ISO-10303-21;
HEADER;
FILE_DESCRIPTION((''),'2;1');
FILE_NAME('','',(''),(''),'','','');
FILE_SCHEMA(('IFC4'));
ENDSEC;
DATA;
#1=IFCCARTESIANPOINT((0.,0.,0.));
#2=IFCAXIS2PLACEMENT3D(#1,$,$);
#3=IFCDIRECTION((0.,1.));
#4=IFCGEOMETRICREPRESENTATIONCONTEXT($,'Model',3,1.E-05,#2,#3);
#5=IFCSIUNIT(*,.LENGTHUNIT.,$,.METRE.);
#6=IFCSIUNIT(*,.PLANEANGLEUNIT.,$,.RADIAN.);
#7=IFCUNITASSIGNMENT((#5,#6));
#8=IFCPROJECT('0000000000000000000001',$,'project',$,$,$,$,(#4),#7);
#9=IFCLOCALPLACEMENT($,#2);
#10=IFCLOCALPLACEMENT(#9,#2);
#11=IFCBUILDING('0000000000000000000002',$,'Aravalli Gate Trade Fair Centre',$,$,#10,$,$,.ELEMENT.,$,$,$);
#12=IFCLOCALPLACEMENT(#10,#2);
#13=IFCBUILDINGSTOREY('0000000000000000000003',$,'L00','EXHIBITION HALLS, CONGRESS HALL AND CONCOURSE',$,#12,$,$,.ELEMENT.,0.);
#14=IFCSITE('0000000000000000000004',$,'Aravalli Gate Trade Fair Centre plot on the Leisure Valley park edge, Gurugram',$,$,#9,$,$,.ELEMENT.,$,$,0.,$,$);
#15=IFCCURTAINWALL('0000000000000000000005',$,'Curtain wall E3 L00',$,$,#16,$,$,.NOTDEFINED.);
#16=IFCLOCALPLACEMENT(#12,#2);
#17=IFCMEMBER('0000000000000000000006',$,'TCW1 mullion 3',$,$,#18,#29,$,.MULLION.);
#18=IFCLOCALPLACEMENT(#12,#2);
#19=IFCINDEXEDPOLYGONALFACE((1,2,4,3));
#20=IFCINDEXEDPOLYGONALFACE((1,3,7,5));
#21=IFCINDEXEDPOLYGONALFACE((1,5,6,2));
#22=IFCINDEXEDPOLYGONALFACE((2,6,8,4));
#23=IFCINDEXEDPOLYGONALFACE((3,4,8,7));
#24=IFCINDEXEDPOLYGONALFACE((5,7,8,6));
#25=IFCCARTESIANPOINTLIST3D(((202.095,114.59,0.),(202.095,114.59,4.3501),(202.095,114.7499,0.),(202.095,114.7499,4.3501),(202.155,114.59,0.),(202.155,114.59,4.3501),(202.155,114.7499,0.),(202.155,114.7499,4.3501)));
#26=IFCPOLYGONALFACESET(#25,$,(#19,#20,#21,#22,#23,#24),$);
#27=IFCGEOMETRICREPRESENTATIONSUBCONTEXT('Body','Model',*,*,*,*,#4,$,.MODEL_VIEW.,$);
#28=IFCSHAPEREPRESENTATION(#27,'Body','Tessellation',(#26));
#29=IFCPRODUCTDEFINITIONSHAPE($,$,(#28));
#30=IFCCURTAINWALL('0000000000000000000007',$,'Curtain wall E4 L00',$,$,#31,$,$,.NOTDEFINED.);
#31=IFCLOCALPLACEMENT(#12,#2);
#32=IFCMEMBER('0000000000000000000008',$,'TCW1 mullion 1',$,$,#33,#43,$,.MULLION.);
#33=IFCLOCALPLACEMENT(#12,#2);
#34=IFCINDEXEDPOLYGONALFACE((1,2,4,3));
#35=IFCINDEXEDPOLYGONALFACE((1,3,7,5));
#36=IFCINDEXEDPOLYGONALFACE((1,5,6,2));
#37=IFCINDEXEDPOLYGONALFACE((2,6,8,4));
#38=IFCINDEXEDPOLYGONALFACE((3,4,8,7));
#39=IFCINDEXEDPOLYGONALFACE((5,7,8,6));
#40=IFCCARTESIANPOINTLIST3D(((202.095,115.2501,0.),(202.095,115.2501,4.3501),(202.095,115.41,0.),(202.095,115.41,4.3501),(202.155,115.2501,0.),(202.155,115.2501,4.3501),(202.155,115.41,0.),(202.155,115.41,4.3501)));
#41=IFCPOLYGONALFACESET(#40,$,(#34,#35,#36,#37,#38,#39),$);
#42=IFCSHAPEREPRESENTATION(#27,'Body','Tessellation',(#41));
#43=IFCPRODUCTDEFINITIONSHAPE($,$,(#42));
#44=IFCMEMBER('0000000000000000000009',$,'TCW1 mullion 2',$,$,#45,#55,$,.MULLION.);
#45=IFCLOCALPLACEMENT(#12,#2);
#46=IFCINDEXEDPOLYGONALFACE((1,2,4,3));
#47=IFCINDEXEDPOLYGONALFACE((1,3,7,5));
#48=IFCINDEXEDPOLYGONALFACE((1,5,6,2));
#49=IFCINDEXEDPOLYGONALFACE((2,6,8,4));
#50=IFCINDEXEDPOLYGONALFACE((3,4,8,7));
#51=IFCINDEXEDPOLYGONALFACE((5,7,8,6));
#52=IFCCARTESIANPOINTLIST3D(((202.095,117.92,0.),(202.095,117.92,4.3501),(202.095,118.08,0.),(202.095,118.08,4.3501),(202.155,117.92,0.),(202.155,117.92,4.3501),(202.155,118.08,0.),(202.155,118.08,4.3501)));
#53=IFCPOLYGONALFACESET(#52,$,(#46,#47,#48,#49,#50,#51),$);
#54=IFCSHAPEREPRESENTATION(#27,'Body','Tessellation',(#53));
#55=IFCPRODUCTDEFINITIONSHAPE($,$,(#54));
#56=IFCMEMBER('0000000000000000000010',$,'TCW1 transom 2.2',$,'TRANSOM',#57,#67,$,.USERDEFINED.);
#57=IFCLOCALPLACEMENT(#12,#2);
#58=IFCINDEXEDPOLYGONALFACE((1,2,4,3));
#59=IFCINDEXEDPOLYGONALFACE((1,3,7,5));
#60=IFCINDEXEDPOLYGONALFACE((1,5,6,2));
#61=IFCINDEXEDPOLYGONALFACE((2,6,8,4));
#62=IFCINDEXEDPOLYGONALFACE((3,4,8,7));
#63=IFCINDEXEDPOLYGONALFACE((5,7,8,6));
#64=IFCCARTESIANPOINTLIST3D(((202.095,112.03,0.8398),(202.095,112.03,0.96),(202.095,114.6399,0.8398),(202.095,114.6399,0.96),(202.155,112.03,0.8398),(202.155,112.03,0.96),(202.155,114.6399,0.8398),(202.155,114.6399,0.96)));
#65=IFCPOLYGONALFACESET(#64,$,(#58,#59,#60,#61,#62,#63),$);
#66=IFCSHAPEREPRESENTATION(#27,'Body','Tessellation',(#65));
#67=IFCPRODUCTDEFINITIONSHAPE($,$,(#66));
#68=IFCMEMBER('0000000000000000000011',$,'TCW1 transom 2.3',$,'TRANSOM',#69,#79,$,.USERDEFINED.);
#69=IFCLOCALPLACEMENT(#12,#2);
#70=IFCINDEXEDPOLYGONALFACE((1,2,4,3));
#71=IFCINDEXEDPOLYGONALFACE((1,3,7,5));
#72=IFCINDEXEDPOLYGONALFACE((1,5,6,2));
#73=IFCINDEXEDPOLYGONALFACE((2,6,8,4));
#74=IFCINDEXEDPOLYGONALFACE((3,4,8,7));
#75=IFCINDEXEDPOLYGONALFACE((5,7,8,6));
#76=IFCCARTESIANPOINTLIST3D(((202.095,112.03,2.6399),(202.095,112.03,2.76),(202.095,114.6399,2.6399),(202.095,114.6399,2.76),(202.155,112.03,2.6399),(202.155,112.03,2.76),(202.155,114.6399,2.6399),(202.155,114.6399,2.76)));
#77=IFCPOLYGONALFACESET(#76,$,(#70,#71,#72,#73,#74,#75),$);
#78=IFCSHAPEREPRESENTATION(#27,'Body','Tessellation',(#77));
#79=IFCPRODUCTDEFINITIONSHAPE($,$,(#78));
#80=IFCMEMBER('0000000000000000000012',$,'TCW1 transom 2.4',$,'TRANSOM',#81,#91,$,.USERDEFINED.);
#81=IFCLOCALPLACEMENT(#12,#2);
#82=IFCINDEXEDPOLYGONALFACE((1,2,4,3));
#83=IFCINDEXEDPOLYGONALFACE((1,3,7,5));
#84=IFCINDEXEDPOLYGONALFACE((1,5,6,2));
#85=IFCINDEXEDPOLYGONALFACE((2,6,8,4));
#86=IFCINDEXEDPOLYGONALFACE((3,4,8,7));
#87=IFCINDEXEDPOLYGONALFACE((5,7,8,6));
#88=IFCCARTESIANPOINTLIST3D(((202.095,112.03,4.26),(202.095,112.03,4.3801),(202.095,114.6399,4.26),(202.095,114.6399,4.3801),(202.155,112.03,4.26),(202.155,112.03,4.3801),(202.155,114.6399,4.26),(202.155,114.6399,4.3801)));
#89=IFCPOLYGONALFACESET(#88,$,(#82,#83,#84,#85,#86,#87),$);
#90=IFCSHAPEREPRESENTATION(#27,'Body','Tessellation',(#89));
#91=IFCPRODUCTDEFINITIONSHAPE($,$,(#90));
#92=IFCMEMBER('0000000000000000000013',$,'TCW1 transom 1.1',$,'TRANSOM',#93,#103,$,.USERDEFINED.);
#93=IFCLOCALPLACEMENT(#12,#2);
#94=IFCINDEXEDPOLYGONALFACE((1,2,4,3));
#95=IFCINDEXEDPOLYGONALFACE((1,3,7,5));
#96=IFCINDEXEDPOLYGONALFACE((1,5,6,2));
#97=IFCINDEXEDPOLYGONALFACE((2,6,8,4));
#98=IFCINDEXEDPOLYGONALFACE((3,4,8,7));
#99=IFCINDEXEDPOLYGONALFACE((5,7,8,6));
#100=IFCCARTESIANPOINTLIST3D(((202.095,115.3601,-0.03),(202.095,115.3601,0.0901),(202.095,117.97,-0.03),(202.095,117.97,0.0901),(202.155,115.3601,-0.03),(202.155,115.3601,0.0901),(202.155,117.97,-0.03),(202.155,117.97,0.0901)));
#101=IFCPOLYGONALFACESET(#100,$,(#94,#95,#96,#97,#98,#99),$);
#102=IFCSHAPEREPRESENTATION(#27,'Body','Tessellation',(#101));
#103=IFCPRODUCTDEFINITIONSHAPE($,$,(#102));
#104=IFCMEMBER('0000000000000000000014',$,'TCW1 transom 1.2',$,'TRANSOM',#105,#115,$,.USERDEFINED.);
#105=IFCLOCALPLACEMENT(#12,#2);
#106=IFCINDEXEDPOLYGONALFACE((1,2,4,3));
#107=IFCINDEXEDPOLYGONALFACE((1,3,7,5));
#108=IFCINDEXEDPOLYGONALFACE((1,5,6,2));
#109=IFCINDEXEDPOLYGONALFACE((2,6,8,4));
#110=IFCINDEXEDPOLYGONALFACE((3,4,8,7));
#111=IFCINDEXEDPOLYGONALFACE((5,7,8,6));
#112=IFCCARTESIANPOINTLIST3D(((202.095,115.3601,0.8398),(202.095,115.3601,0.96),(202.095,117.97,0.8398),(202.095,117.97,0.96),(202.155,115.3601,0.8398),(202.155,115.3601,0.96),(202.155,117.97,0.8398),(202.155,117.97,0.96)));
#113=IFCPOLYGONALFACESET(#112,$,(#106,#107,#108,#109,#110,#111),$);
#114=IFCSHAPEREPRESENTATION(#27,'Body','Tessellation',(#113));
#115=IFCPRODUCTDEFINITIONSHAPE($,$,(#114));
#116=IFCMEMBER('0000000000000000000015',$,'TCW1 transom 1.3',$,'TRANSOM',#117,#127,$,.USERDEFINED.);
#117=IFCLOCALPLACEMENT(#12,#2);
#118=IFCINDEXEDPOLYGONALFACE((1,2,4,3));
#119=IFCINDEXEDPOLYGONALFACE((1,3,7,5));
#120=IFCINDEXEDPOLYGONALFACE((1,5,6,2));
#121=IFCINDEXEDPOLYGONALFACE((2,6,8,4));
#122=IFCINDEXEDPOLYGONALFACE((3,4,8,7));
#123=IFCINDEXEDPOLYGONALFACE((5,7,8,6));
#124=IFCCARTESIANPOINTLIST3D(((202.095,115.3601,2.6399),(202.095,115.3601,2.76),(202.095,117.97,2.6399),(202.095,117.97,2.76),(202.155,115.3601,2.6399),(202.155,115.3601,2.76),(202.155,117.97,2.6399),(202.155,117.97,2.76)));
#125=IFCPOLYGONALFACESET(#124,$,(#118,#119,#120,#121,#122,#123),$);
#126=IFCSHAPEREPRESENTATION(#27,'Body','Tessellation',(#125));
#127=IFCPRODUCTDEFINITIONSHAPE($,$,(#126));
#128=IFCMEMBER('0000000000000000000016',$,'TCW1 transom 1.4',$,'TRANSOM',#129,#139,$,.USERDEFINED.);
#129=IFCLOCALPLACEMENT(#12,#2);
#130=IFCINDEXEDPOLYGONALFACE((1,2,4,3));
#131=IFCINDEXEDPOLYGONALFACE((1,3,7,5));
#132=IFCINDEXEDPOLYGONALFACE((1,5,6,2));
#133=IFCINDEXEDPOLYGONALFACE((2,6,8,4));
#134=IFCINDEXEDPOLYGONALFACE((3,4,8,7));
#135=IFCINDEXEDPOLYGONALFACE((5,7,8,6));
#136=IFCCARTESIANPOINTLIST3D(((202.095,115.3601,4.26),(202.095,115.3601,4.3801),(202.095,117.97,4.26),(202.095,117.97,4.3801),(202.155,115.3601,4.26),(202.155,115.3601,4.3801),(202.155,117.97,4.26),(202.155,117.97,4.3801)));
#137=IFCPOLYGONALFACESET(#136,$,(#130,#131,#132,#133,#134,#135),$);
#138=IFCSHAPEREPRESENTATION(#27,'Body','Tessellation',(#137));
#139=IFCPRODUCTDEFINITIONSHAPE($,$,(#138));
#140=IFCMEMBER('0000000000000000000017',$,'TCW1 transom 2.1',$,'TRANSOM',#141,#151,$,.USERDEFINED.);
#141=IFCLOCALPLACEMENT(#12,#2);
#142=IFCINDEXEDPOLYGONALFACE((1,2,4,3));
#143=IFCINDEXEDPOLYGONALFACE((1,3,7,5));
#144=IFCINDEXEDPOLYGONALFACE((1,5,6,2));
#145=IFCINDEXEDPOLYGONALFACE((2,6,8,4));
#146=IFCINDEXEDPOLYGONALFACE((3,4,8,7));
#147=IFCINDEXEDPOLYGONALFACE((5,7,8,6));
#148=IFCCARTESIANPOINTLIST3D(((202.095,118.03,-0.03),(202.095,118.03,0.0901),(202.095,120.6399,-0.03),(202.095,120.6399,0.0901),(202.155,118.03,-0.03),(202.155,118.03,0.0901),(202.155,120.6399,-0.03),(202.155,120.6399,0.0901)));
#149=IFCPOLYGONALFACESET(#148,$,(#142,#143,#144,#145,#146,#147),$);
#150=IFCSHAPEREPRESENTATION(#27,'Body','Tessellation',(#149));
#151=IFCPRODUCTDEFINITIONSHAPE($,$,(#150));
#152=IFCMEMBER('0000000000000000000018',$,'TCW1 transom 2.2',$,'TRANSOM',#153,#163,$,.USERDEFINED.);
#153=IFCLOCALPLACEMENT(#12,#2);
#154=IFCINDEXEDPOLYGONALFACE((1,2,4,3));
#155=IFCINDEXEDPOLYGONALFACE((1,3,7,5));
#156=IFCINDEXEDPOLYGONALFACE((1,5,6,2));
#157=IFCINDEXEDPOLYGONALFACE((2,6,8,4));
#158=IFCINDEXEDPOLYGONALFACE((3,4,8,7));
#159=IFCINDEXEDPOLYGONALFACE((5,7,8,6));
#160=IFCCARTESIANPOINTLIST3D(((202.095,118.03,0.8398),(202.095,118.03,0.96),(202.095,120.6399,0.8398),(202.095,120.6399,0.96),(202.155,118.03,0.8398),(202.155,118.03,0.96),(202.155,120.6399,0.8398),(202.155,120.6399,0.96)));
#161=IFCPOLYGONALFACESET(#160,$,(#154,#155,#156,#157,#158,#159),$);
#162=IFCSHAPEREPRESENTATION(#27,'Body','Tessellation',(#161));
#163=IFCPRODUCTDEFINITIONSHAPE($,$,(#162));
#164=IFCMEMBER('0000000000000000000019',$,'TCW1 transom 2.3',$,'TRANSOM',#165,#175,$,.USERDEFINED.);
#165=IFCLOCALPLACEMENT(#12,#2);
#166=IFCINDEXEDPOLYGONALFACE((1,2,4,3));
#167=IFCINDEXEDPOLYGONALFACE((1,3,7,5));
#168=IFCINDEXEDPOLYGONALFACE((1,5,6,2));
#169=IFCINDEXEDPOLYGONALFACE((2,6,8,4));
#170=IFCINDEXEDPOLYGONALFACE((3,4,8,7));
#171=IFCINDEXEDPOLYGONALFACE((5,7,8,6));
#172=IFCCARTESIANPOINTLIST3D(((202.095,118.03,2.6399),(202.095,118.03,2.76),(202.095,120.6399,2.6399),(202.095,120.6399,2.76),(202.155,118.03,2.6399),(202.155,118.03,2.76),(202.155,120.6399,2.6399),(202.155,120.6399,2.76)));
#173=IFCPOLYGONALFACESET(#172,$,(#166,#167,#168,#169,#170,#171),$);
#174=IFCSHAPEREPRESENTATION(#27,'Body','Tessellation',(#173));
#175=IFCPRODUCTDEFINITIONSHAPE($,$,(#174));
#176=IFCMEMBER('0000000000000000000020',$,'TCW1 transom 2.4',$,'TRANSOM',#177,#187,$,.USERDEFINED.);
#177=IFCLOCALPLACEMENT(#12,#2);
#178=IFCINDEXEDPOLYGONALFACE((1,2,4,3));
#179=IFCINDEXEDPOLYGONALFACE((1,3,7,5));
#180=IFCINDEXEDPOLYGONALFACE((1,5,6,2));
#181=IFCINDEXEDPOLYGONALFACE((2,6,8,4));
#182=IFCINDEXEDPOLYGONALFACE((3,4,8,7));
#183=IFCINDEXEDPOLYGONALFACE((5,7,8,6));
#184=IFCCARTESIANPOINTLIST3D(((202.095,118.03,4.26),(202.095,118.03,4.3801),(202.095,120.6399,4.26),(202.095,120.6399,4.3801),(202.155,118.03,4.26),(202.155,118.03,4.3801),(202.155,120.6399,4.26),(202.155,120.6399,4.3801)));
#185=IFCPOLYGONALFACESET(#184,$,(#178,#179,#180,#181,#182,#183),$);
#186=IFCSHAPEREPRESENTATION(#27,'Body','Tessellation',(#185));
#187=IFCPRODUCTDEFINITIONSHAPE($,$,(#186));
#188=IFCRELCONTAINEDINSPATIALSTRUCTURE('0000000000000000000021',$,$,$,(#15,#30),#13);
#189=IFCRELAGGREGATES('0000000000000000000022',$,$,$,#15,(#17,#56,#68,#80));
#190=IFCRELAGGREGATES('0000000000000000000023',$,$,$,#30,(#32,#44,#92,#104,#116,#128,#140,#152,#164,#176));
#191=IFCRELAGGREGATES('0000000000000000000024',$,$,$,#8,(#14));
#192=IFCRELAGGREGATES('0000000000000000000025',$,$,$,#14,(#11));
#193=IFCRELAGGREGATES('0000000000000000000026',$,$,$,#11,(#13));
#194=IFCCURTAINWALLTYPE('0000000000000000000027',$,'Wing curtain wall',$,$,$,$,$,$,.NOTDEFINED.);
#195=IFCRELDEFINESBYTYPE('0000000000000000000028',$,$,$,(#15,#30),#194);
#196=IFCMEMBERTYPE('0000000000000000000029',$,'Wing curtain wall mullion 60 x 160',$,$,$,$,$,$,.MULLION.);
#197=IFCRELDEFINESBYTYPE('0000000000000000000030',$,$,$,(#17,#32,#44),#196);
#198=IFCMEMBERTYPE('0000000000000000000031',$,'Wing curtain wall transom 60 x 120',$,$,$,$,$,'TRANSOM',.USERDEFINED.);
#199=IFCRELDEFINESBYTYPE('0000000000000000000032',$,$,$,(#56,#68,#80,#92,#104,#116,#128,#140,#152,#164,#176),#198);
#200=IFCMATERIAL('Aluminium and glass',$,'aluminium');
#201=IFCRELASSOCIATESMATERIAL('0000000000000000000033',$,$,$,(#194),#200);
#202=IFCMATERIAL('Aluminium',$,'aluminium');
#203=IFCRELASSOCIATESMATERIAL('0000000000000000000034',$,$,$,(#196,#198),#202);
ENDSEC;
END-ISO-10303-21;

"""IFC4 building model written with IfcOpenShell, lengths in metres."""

from ifc_helpers import new_model, si_unit, direction, frame, origin, origin_2d, place, context, subcontext, project, spatial, rectangle, extrude, material, material_profile, profile_set, type_object, element, aggregate, save


model = new_model("IFC4")

# Units and contexts
model_context = context("Model", 3, precision=1e-05, world=origin(), true_north=direction((0.0, 1.0)))
body_context = subcontext(model_context, "Body", "Model", "MODEL_VIEW")
ifc_project = project(units=[si_unit("LENGTHUNIT", "METRE"), si_unit("PLANEANGLEUNIT", "RADIAN")], contexts=[model_context])

# Site, building, storey
site_placement = place(None, origin())
site = spatial("IfcSite", under=ifc_project, at=site_placement, Name="Aravalli Gate Trade Fair Centre plot on the Leisure Valley park edge, Gurugram", CompositionType="ELEMENT", RefElevation=0.0)
building_placement = place(site_placement, origin())
building = spatial("IfcBuilding", under=site, at=building_placement, Name="Aravalli Gate Trade Fair Centre", CompositionType="ELEMENT")
storey_placement = place(building_placement, origin())
storey = spatial("IfcBuildingStorey", under=building, at=storey_placement, Name="L00", Description="EXHIBITION HALLS, CONGRESS HALL AND CONCOURSE", CompositionType="ELEMENT", Elevation=0.0)

# Curtain wall, member
ifc_material_1 = material(Name="Aluminium and glass", Category="aluminium")
curtain_wall_type = type_object("IfcCurtainWallType", Name="Wing curtain wall", PredefinedType="NOTDEFINED", material=ifc_material_1)
curtain_wall_1_placement = place(storey_placement, origin())
curtain_wall_1 = element("IfcCurtainWall", 1, at=curtain_wall_1_placement, inside=storey, type_object=curtain_wall_type, Name="Curtain wall E3 L00", PredefinedType="NOTDEFINED")
ifc_material_2 = material(Name="Aluminium", Category="aluminium")
ifc_material_profile_1 = material_profile(ifc_material_2, rectangle(XDim=0.0601, YDim=0.1599, at=origin_2d()), Name="Wing curtain wall mullion 60 x 160")
ifc_profile_set_1 = profile_set([ifc_material_profile_1], Name="Aluminium")
member_type_1 = type_object("IfcMemberType", Name="Wing curtain wall mullion 60 x 160", PredefinedType="MULLION", material=ifc_profile_set_1)
member_1_placement = place(storey_placement, frame((202.125, 114.6699, 0.0), z_axis=(0.0, 0.0, 1.0), x_axis=(-1.0, 0.0, 0.0)))
member_1 = element("IfcMember", 2, at=member_1_placement, type_object=member_type_1, Name="TCW1 mullion 3", PredefinedType="MULLION", context=body_context, shape_type="SweptSolid", body=[
    extrude(rectangle(XDim=0.0601, YDim=0.1599, at=origin_2d()), origin(), (0.0, 0.0, 1.0), 4.3501),
])

# Curtain wall, members
curtain_wall_2_placement = place(storey_placement, origin())
curtain_wall_2 = element("IfcCurtainWall", 3, at=curtain_wall_2_placement, inside=storey, type_object=curtain_wall_type, Name="Curtain wall E4 L00", PredefinedType="NOTDEFINED")
member_2_placement = place(storey_placement, frame((202.125, 115.3301, 0.0), z_axis=(0.0, 0.0, 1.0), x_axis=(-1.0, 0.0, 0.0)))
member_2 = element("IfcMember", 4, at=member_2_placement, type_object=member_type_1, Name="TCW1 mullion 1", PredefinedType="MULLION", context=body_context, shape_type="SweptSolid", body=[
    extrude(rectangle(XDim=0.0601, YDim=0.1599, at=origin_2d()), origin(), (0.0, 0.0, 1.0), 4.3501),
])
member_3_placement = place(storey_placement, frame((202.125, 118.0, 0.0), z_axis=(0.0, 0.0, 1.0), x_axis=(-1.0, 0.0, 0.0)))
member_3 = element("IfcMember", 5, at=member_3_placement, type_object=member_type_1, Name="TCW1 mullion 2", PredefinedType="MULLION", context=body_context, shape_type="SweptSolid", body=[
    extrude(rectangle(XDim=0.0601, YDim=0.1599, at=origin_2d()), origin(), (0.0, 0.0, 1.0), 4.3501),
])

# Members
ifc_material_profile_2 = material_profile(ifc_material_2, rectangle(XDim=0.0601, YDim=0.1201, at=origin_2d()), Name="Wing curtain wall transom 60 x 120")
ifc_profile_set_2 = profile_set([ifc_material_profile_2], Name="Aluminium")
member_type_2 = type_object("IfcMemberType", Name="Wing curtain wall transom 60 x 120", ElementType="TRANSOM", PredefinedType="USERDEFINED", material=ifc_profile_set_2)
member_4_placement = place(storey_placement, frame((202.125, 112.03, 0.8999), z_axis=(0.0, 1.0, 0.0), x_axis=(-1.0, 0.0, 0.0)))
member_4 = element("IfcMember", 6, at=member_4_placement, type_object=member_type_2, Name="TCW1 transom 2.2", ObjectType="TRANSOM", PredefinedType="USERDEFINED", context=body_context, shape_type="SweptSolid", body=[
    extrude(rectangle(XDim=0.0601, YDim=0.1201, at=origin_2d()), origin(), (0.0, 0.0, 1.0), 2.6099),
])
member_5_placement = place(storey_placement, frame((202.125, 112.03, 2.7), z_axis=(0.0, 1.0, 0.0), x_axis=(-1.0, 0.0, 0.0)))
member_5 = element("IfcMember", 7, at=member_5_placement, type_object=member_type_2, Name="TCW1 transom 2.3", ObjectType="TRANSOM", PredefinedType="USERDEFINED", context=body_context, shape_type="SweptSolid", body=[
    extrude(rectangle(XDim=0.0601, YDim=0.1201, at=origin_2d()), origin(), (0.0, 0.0, 1.0), 2.6099),
])
member_6_placement = place(storey_placement, frame((202.125, 112.03, 4.3201), z_axis=(0.0, 1.0, 0.0), x_axis=(-1.0, 0.0, 0.0)))
member_6 = element("IfcMember", 8, at=member_6_placement, type_object=member_type_2, Name="TCW1 transom 2.4", ObjectType="TRANSOM", PredefinedType="USERDEFINED", context=body_context, shape_type="SweptSolid", body=[
    extrude(rectangle(XDim=0.0601, YDim=0.1201, at=origin_2d()), origin(), (0.0, 0.0, 1.0), 2.6099),
])
member_7_placement = place(storey_placement, frame((202.125, 115.3601, 0.03), z_axis=(0.0, 1.0, 0.0), x_axis=(-1.0, 0.0, 0.0)))
member_7 = element("IfcMember", 9, at=member_7_placement, type_object=member_type_2, Name="TCW1 transom 1.1", ObjectType="TRANSOM", PredefinedType="USERDEFINED", context=body_context, shape_type="SweptSolid", body=[
    extrude(rectangle(XDim=0.0601, YDim=0.1201, at=origin_2d()), origin(), (0.0, 0.0, 1.0), 2.6099),
])
member_8_placement = place(storey_placement, frame((202.125, 115.3601, 0.8999), z_axis=(0.0, 1.0, 0.0), x_axis=(-1.0, 0.0, 0.0)))
member_8 = element("IfcMember", 10, at=member_8_placement, type_object=member_type_2, Name="TCW1 transom 1.2", ObjectType="TRANSOM", PredefinedType="USERDEFINED", context=body_context, shape_type="SweptSolid", body=[
    extrude(rectangle(XDim=0.0601, YDim=0.1201, at=origin_2d()), origin(), (0.0, 0.0, 1.0), 2.6099),
])
member_9_placement = place(storey_placement, frame((202.125, 115.3601, 2.7), z_axis=(0.0, 1.0, 0.0), x_axis=(-1.0, 0.0, 0.0)))
member_9 = element("IfcMember", 11, at=member_9_placement, type_object=member_type_2, Name="TCW1 transom 1.3", ObjectType="TRANSOM", PredefinedType="USERDEFINED", context=body_context, shape_type="SweptSolid", body=[
    extrude(rectangle(XDim=0.0601, YDim=0.1201, at=origin_2d()), origin(), (0.0, 0.0, 1.0), 2.6099),
])
member_10_placement = place(storey_placement, frame((202.125, 115.3601, 4.3201), z_axis=(0.0, 1.0, 0.0), x_axis=(-1.0, 0.0, 0.0)))
member_10 = element("IfcMember", 12, at=member_10_placement, type_object=member_type_2, Name="TCW1 transom 1.4", ObjectType="TRANSOM", PredefinedType="USERDEFINED", context=body_context, shape_type="SweptSolid", body=[
    extrude(rectangle(XDim=0.0601, YDim=0.1201, at=origin_2d()), origin(), (0.0, 0.0, 1.0), 2.6099),
])
member_11_placement = place(storey_placement, frame((202.125, 118.03, 0.03), z_axis=(0.0, 1.0, 0.0), x_axis=(-1.0, 0.0, 0.0)))
member_11 = element("IfcMember", 13, at=member_11_placement, type_object=member_type_2, Name="TCW1 transom 2.1", ObjectType="TRANSOM", PredefinedType="USERDEFINED", context=body_context, shape_type="SweptSolid", body=[
    extrude(rectangle(XDim=0.0601, YDim=0.1201, at=origin_2d()), origin(), (0.0, 0.0, 1.0), 2.6099),
])
member_12_placement = place(storey_placement, frame((202.125, 118.03, 0.8999), z_axis=(0.0, 1.0, 0.0), x_axis=(-1.0, 0.0, 0.0)))
member_12 = element("IfcMember", 14, at=member_12_placement, type_object=member_type_2, Name="TCW1 transom 2.2", ObjectType="TRANSOM", PredefinedType="USERDEFINED", context=body_context, shape_type="SweptSolid", body=[
    extrude(rectangle(XDim=0.0601, YDim=0.1201, at=origin_2d()), origin(), (0.0, 0.0, 1.0), 2.6099),
])
member_13_placement = place(storey_placement, frame((202.125, 118.03, 2.7), z_axis=(0.0, 1.0, 0.0), x_axis=(-1.0, 0.0, 0.0)))
member_13 = element("IfcMember", 15, at=member_13_placement, type_object=member_type_2, Name="TCW1 transom 2.3", ObjectType="TRANSOM", PredefinedType="USERDEFINED", context=body_context, shape_type="SweptSolid", body=[
    extrude(rectangle(XDim=0.0601, YDim=0.1201, at=origin_2d()), origin(), (0.0, 0.0, 1.0), 2.6099),
])
member_14_placement = place(storey_placement, frame((202.125, 118.03, 4.3201), z_axis=(0.0, 1.0, 0.0), x_axis=(-1.0, 0.0, 0.0)))
member_14 = element("IfcMember", 16, at=member_14_placement, type_object=member_type_2, Name="TCW1 transom 2.4", ObjectType="TRANSOM", PredefinedType="USERDEFINED", context=body_context, shape_type="SweptSolid", body=[
    extrude(rectangle(XDim=0.0601, YDim=0.1201, at=origin_2d()), origin(), (0.0, 0.0, 1.0), 2.6099),
])

aggregate(curtain_wall_1, [member_1, member_4, member_5, member_6])
aggregate(curtain_wall_2, [member_2, member_3, member_7, member_8, member_9, member_10, member_11, member_12, member_13, member_14])

save(model, "model.ifc")
